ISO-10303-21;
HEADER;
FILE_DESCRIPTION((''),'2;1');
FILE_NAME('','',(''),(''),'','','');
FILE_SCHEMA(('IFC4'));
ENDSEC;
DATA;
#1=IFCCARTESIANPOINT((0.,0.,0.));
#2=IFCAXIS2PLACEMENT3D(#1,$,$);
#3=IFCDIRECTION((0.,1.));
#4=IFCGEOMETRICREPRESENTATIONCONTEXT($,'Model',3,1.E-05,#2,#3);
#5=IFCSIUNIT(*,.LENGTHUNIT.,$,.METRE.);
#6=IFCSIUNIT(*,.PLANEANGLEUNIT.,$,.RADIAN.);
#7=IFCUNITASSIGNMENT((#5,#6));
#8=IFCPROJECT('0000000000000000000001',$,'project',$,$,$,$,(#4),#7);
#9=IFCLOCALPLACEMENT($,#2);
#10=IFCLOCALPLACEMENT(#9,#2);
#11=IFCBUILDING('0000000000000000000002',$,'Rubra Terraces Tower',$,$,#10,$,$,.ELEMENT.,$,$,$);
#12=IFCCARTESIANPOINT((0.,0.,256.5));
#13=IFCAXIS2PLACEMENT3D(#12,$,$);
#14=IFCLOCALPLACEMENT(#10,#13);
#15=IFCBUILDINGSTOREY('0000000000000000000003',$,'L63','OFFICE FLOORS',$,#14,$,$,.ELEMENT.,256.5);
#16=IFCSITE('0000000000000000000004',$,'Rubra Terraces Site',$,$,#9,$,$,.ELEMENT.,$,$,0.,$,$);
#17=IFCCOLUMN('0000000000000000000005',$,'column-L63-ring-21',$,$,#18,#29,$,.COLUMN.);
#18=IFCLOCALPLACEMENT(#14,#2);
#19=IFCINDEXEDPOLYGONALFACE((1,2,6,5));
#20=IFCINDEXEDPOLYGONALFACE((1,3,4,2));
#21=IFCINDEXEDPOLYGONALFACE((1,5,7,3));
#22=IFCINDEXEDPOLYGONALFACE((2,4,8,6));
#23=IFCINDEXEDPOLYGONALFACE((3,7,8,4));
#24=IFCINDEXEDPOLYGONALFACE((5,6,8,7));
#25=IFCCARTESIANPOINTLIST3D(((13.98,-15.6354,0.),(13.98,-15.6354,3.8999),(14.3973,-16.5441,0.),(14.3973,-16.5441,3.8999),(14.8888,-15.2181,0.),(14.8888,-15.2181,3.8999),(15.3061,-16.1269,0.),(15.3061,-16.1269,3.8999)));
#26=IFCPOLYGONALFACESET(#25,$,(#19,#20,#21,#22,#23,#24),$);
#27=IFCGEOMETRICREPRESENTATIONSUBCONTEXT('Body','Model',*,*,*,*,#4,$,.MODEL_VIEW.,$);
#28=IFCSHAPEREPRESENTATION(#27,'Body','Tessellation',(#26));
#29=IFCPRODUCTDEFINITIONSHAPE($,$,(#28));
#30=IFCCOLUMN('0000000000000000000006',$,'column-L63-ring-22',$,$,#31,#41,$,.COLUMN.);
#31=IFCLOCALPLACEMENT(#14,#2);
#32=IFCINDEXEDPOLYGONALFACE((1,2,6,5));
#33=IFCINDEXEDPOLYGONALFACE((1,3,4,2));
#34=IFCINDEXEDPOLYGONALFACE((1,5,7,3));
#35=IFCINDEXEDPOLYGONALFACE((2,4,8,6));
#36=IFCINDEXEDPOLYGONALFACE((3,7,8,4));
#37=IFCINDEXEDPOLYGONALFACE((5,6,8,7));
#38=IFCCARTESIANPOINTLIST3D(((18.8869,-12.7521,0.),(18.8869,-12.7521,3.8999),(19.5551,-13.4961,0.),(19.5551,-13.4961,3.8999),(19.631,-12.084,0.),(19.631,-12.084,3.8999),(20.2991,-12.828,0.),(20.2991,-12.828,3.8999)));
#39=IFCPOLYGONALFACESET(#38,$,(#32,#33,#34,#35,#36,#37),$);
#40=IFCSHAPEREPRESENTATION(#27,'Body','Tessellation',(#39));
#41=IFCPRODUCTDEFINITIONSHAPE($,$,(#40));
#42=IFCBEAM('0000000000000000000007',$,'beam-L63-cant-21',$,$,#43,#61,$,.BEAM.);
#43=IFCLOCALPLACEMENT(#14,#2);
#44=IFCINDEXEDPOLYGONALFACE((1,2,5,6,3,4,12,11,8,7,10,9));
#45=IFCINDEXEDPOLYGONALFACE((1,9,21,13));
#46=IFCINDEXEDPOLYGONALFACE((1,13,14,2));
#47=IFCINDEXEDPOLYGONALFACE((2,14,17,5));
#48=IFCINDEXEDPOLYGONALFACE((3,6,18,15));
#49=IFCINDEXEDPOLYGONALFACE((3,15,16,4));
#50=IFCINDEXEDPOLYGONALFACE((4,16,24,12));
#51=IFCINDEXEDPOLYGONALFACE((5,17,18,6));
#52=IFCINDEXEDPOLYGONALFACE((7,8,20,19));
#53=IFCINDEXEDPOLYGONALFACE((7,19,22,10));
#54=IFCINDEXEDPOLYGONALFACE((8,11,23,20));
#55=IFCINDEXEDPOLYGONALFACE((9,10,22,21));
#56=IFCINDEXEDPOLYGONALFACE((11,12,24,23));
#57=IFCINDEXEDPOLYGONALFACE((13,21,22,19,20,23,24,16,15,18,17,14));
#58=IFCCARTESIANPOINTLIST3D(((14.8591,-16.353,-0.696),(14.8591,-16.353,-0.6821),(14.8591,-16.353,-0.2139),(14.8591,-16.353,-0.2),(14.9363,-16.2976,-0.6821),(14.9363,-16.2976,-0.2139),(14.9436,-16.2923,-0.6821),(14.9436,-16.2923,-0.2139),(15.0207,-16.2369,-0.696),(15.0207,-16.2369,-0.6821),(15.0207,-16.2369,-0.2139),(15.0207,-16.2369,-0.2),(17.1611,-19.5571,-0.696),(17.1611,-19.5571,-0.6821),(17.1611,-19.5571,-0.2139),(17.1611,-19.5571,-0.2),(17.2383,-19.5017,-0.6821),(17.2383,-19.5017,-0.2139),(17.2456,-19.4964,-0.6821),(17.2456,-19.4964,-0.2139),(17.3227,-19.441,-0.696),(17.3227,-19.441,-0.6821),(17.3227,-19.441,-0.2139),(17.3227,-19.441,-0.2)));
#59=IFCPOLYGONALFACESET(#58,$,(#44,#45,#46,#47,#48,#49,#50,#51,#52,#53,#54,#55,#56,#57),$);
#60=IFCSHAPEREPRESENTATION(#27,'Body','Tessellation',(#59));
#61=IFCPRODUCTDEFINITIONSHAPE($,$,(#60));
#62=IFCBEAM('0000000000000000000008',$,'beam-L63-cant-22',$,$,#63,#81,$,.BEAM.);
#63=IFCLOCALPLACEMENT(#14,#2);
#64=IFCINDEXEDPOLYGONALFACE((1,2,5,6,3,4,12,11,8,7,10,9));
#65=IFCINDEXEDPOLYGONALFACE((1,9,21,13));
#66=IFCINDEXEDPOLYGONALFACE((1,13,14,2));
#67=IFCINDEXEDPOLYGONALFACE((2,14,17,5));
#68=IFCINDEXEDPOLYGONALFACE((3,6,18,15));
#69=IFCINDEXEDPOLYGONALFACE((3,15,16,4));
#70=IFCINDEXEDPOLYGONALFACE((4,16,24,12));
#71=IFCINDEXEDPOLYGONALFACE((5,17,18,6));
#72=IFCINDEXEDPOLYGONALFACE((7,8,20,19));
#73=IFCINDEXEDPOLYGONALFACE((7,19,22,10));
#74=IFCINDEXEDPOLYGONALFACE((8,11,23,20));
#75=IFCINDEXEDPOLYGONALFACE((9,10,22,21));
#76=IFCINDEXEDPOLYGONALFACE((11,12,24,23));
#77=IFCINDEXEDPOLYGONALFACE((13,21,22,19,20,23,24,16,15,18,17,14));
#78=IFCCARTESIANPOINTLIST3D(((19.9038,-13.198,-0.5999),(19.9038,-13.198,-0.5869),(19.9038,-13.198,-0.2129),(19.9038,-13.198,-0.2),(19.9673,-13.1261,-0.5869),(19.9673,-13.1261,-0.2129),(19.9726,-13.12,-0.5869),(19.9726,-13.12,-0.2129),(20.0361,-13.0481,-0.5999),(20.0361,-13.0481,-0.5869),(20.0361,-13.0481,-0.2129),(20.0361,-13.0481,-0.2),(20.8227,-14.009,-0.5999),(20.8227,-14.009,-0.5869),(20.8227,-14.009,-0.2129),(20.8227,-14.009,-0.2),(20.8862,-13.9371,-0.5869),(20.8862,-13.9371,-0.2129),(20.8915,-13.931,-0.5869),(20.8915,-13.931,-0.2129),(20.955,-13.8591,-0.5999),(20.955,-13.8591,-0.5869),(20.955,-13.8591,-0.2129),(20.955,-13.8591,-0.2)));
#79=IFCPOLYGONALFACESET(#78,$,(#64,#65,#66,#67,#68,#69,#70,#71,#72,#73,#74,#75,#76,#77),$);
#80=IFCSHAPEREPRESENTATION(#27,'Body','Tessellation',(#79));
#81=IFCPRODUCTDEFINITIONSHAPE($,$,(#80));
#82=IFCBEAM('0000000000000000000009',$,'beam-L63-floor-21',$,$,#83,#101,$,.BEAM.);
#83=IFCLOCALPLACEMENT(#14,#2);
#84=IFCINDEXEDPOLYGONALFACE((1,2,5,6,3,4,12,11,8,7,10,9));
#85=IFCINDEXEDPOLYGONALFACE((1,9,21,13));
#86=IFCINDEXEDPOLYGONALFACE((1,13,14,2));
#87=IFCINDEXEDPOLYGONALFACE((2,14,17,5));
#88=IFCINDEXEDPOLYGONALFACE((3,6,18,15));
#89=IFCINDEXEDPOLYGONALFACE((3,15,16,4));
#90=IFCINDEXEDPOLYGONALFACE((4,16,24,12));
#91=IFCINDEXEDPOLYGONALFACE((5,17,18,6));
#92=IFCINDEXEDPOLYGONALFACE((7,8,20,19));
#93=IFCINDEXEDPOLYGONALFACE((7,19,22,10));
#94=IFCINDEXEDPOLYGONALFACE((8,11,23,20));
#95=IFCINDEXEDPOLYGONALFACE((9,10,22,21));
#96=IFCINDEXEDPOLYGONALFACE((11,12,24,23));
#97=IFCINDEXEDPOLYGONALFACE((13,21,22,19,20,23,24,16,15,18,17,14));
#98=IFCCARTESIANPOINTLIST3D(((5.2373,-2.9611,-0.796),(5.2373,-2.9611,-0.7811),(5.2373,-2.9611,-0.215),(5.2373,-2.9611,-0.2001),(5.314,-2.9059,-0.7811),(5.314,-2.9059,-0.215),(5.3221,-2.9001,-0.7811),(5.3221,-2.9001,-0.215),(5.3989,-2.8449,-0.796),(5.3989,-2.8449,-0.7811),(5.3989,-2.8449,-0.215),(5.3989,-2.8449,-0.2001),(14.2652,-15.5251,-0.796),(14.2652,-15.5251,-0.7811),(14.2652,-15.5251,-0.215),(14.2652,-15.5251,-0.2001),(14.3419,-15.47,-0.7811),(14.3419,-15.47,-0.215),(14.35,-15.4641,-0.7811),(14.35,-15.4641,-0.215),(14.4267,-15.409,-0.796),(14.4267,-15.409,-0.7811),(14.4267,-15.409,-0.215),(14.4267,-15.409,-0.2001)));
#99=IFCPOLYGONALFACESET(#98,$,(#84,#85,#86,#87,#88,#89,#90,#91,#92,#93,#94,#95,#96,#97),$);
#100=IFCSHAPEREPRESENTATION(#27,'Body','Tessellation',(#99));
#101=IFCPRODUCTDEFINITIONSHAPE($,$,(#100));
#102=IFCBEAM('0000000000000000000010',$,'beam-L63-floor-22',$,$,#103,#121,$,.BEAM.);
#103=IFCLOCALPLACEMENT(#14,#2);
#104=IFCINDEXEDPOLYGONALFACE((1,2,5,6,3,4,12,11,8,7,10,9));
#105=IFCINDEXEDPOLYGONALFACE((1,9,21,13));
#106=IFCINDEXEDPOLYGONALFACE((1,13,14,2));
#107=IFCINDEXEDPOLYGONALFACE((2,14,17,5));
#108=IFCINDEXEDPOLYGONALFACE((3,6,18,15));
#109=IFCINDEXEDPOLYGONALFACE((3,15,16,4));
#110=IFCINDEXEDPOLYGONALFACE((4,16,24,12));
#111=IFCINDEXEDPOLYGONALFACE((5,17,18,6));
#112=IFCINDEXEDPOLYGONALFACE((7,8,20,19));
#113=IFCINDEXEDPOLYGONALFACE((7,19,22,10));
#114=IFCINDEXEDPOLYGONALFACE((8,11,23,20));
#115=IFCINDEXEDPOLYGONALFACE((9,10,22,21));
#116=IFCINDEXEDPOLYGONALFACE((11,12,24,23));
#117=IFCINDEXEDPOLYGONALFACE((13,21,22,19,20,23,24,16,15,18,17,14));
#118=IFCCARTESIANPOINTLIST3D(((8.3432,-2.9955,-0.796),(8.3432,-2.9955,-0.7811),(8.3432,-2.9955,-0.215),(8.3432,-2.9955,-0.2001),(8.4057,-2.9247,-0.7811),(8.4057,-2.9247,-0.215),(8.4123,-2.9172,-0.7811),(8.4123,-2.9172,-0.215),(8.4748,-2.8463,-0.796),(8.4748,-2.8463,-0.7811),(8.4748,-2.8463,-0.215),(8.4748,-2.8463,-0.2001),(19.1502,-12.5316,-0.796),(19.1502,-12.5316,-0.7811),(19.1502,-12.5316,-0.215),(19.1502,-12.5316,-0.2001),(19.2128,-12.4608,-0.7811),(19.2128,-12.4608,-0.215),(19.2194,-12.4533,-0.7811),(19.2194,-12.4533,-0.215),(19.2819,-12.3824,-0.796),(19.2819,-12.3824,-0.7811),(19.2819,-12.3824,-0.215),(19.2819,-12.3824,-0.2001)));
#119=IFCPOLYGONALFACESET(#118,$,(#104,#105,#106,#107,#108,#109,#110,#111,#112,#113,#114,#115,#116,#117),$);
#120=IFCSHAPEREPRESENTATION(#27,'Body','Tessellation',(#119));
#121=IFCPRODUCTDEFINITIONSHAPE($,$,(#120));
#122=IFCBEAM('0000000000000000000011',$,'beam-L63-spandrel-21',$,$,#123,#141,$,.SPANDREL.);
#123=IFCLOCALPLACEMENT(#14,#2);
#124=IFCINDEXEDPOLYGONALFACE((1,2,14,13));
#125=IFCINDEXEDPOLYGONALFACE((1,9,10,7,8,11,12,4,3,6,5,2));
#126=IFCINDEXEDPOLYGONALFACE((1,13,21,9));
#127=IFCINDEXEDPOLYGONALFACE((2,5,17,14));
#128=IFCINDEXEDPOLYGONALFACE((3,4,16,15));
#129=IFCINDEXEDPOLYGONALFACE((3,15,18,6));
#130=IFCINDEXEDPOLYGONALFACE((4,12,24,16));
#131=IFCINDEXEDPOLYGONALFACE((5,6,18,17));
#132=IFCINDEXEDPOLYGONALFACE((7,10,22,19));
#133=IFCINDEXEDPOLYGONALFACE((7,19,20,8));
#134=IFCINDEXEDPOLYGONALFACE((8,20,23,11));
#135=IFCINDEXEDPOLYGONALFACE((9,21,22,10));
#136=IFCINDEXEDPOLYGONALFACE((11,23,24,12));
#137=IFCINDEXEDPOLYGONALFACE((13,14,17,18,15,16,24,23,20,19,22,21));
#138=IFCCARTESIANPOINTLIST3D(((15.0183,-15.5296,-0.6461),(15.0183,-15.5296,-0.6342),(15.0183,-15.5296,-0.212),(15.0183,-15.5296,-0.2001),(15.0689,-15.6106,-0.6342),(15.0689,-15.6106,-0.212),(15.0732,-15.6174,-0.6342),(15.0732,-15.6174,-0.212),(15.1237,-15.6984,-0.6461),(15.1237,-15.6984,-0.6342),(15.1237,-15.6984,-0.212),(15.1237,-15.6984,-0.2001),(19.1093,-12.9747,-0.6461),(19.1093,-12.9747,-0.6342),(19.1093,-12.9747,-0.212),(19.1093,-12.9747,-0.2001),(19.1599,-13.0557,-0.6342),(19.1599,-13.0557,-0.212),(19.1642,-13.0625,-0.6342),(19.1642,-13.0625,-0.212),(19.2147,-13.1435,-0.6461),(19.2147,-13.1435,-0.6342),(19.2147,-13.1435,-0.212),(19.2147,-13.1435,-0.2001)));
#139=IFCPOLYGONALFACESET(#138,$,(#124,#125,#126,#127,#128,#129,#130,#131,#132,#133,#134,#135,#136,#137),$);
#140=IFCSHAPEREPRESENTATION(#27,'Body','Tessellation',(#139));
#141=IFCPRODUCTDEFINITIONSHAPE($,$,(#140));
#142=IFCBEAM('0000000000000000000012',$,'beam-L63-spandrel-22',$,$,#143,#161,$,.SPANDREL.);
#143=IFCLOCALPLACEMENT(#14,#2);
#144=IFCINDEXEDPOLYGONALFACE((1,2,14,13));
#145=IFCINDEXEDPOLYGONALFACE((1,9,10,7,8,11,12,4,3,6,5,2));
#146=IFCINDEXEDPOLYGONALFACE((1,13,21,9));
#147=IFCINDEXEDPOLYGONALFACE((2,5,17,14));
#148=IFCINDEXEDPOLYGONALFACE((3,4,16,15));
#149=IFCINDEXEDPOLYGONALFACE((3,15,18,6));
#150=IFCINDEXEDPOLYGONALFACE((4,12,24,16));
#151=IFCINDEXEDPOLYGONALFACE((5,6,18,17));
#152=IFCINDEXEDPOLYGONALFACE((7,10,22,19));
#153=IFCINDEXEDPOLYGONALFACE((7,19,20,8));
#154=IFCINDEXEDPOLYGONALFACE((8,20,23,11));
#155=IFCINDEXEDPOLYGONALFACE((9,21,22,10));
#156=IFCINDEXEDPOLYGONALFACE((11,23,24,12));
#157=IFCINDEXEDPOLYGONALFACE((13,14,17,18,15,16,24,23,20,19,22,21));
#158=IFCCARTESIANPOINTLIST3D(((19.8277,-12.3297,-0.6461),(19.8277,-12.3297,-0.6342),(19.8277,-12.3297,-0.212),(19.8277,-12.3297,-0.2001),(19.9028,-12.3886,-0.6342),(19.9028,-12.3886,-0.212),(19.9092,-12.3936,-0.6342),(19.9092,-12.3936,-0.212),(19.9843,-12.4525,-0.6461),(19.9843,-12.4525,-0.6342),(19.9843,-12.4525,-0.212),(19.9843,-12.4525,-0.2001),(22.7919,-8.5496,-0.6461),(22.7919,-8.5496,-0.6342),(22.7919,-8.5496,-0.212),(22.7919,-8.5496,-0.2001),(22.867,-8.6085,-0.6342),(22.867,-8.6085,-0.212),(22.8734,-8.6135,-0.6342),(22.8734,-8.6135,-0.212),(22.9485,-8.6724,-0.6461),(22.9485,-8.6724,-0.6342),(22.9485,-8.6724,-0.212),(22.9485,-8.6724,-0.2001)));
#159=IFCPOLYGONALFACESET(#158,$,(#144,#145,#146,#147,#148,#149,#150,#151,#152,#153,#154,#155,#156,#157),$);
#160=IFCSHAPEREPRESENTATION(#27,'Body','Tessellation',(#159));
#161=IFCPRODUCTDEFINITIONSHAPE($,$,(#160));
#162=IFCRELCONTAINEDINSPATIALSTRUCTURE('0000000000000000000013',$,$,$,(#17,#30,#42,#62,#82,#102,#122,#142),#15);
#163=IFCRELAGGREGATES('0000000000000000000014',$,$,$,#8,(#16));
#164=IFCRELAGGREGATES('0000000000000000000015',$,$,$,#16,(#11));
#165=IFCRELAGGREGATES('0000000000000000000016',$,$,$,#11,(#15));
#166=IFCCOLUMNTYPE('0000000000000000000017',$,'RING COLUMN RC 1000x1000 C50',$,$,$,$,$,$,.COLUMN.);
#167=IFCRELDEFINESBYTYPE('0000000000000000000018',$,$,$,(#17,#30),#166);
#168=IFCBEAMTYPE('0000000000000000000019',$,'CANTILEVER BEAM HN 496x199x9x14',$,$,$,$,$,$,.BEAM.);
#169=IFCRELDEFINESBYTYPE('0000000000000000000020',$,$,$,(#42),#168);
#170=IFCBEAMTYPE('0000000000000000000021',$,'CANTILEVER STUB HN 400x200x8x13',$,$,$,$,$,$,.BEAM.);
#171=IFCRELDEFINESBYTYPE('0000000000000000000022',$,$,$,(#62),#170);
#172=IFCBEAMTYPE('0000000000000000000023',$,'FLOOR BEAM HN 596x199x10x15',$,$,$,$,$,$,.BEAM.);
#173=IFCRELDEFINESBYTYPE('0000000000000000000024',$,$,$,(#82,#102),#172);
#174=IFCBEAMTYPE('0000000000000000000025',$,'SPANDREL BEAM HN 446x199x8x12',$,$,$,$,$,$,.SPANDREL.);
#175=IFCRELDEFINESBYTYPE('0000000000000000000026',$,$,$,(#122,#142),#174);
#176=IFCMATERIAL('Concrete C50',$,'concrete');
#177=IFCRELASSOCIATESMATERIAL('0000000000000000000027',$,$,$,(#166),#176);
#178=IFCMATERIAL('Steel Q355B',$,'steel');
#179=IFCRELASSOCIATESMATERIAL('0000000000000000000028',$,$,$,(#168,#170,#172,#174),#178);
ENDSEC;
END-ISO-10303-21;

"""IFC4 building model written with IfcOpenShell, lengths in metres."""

from ifc_helpers import new_model, si_unit, direction, frame, origin, origin_2d, place, context, subcontext, project, spatial, rectangle, i_section, extrude, material, material_profile, profile_set, type_object, element, save


model = new_model("IFC4")

# Units and contexts
model_context = context("Model", 3, precision=1e-05, world=origin(), true_north=direction((0.0, 1.0)))
body_context = subcontext(model_context, "Body", "Model", "MODEL_VIEW")
ifc_project = project(units=[si_unit("LENGTHUNIT", "METRE"), si_unit("PLANEANGLEUNIT", "RADIAN")], contexts=[model_context])

# Site, building, storey
site_placement = place(None, origin())
site = spatial("IfcSite", under=ifc_project, at=site_placement, Name="Rubra Terraces Site", CompositionType="ELEMENT", RefElevation=0.0)
building_placement = place(site_placement, origin())
building = spatial("IfcBuilding", under=site, at=building_placement, Name="Rubra Terraces Tower", CompositionType="ELEMENT")
storey_placement = place(building_placement, frame((0.0, 0.0, 256.5)))
storey = spatial("IfcBuildingStorey", under=building, at=storey_placement, Name="L63", Description="OFFICE FLOORS", CompositionType="ELEMENT", Elevation=256.5)

# Columns
ifc_material_1 = material(Name="Concrete C50", Category="concrete")
ifc_material_profile_1 = material_profile(ifc_material_1, rectangle(XDim=1.0, YDim=1.0, at=origin_2d()), Name="RC 1000x1000")
ifc_profile_set_1 = profile_set([ifc_material_profile_1], Name="Concrete C50")
column_type = type_object("IfcColumnType", Name="RING COLUMN RC 1000x1000 C50", PredefinedType="COLUMN", material=ifc_profile_set_1)
for number, where, z_axis, x_axis, name in (
    (1, (14.6431, -15.8811, 0.0), (0.0, 0.0, 1.0), (0.908779, 0.417279, 0.0), "column-L63-ring-21"),
    (2, (19.593, -12.79, 0.0), (0.0, 0.0, 1.0), (0.744021, 0.668156, 0.0), "column-L63-ring-22"),
):
    element("IfcColumn", number, at=place(storey_placement, frame(where, z_axis=z_axis, x_axis=x_axis)), inside=storey, type_object=column_type, Name=name, PredefinedType="COLUMN", context=body_context, shape_type="SweptSolid", body=[
        extrude(rectangle(XDim=1.0, YDim=1.0, at=origin_2d()), origin(), (0.0, 0.0, 1.0), 3.8999),
    ])

# Beams
ifc_material_2 = material(Name="Steel Q355B", Category="steel")
ifc_material_profile_2 = material_profile(ifc_material_2, i_section(OverallWidth=0.199, OverallDepth=0.4961, WebThickness=0.009, FlangeThickness=0.0139, at=origin_2d()), Name="HN 496x199x9x14")
ifc_profile_set_2 = profile_set([ifc_material_profile_2], Name="Steel Q355B")
beam_type_1 = type_object("IfcBeamType", Name="CANTILEVER BEAM HN 496x199x9x14", PredefinedType="BEAM", material=ifc_profile_set_2)
beam_1_placement = place(storey_placement, frame((14.9399, -16.2949, -0.448), z_axis=(0.583478, -0.812129, 0.0), x_axis=(0.812129, 0.583478, 0.0)))
element("IfcBeam", 3, at=beam_1_placement, inside=storey, type_object=beam_type_1, Name="beam-L63-cant-21", PredefinedType="BEAM", context=body_context, shape_type="SweptSolid", body=[
    extrude(i_section(OverallWidth=0.199, OverallDepth=0.4961, WebThickness=0.009, FlangeThickness=0.0139, at=origin_2d()), origin(), (0.0, 0.0, 1.0), 3.9453),
])
ifc_material_profile_3 = material_profile(ifc_material_2, i_section(OverallWidth=0.2, OverallDepth=0.3999, WebThickness=0.0081, FlangeThickness=0.0129, at=origin_2d()), Name="HN 400x200x8x13")
ifc_profile_set_3 = profile_set([ifc_material_profile_3], Name="Steel Q355B")
beam_type_2 = type_object("IfcBeamType", Name="CANTILEVER STUB HN 400x200x8x13", PredefinedType="BEAM", material=ifc_profile_set_3)
beam_2_placement = place(storey_placement, frame((19.97, -13.123, -0.3999), z_axis=(0.749756, -0.661714, 0.0), x_axis=(0.661714, 0.749756, 0.0)))
element("IfcBeam", 4, at=beam_2_placement, inside=storey, type_object=beam_type_2, Name="beam-L63-cant-22", PredefinedType="BEAM", context=body_context, shape_type="SweptSolid", body=[
    extrude(i_section(OverallWidth=0.2, OverallDepth=0.3999, WebThickness=0.0081, FlangeThickness=0.0129, at=origin_2d()), origin(), (0.0, 0.0, 1.0), 1.2256),
])
ifc_material_profile_4 = material_profile(ifc_material_2, i_section(OverallWidth=0.199, OverallDepth=0.5959, WebThickness=0.01, FlangeThickness=0.0149, at=origin_2d()), Name="HN 596x199x10x15")
ifc_profile_set_4 = profile_set([ifc_material_profile_4], Name="Steel Q355B")
beam_type_3 = type_object("IfcBeamType", Name="FLOOR BEAM HN 596x199x10x15", PredefinedType="BEAM", material=ifc_profile_set_4)
beam_3_placement = place(storey_placement, frame((14.3459, -15.467, -0.498), z_axis=(-0.583529, 0.812092, 0.0), x_axis=(-0.812092, -0.583529, 0.0)))
element("IfcBeam", 5, at=beam_3_placement, inside=storey, type_object=beam_type_3, Name="beam-L63-floor-21", PredefinedType="BEAM", context=body_context, shape_type="SweptSolid", body=[
    extrude(i_section(OverallWidth=0.199, OverallDepth=0.5959, WebThickness=0.01, FlangeThickness=0.0149, at=origin_2d()), origin(), (0.0, 0.0, 1.0), 15.4712),
])
beam_4_placement = place(storey_placement, frame((19.2161, -12.457, -0.498), z_axis=(-0.749823, 0.661638, 0.0), x_axis=(-0.661638, -0.749823, 0.0)))
element("IfcBeam", 6, at=beam_4_placement, inside=storey, type_object=beam_type_3, Name="beam-L63-floor-22", PredefinedType="BEAM", context=body_context, shape_type="SweptSolid", body=[
    extrude(i_section(OverallWidth=0.199, OverallDepth=0.5959, WebThickness=0.01, FlangeThickness=0.0149, at=origin_2d()), origin(), (0.0, 0.0, 1.0), 14.4128),
])
ifc_material_profile_5 = material_profile(ifc_material_2, i_section(OverallWidth=0.199, OverallDepth=0.446, WebThickness=0.0081, FlangeThickness=0.012, at=origin_2d()), Name="HN 446x199x8x12")
ifc_profile_set_5 = profile_set([ifc_material_profile_5], Name="Steel Q355B")
beam_type_4 = type_object("IfcBeamType", Name="SPANDREL BEAM HN 446x199x8x12", PredefinedType="SPANDREL", material=ifc_profile_set_5)
beam_5_placement = place(storey_placement, frame((15.071, -15.614, -0.4231), z_axis=(0.848183, 0.529703, 0.0), x_axis=(-0.529703, 0.848183, 0.0)))
element("IfcBeam", 7, at=beam_5_placement, inside=storey, type_object=beam_type_4, Name="beam-L63-spandrel-21", PredefinedType="SPANDREL", context=body_context, shape_type="SweptSolid", body=[
    extrude(i_section(OverallWidth=0.199, OverallDepth=0.446, WebThickness=0.0081, FlangeThickness=0.012, at=origin_2d()), origin(), (0.0, 0.0, 1.0), 4.8232),
])
beam_6_placement = place(storey_placement, frame((19.906, -12.3911, -0.4231), z_axis=(0.61706, 0.786916, 0.0), x_axis=(-0.786916, 0.61706, 0.0)))
element("IfcBeam", 8, at=beam_6_placement, inside=storey, type_object=beam_type_4, Name="beam-L63-spandrel-22", PredefinedType="SPANDREL", context=body_context, shape_type="SweptSolid", body=[
    extrude(i_section(OverallWidth=0.199, OverallDepth=0.446, WebThickness=0.0081, FlangeThickness=0.012, at=origin_2d()), origin(), (0.0, 0.0, 1.0), 4.8037),
])

save(model, "model.ifc")
